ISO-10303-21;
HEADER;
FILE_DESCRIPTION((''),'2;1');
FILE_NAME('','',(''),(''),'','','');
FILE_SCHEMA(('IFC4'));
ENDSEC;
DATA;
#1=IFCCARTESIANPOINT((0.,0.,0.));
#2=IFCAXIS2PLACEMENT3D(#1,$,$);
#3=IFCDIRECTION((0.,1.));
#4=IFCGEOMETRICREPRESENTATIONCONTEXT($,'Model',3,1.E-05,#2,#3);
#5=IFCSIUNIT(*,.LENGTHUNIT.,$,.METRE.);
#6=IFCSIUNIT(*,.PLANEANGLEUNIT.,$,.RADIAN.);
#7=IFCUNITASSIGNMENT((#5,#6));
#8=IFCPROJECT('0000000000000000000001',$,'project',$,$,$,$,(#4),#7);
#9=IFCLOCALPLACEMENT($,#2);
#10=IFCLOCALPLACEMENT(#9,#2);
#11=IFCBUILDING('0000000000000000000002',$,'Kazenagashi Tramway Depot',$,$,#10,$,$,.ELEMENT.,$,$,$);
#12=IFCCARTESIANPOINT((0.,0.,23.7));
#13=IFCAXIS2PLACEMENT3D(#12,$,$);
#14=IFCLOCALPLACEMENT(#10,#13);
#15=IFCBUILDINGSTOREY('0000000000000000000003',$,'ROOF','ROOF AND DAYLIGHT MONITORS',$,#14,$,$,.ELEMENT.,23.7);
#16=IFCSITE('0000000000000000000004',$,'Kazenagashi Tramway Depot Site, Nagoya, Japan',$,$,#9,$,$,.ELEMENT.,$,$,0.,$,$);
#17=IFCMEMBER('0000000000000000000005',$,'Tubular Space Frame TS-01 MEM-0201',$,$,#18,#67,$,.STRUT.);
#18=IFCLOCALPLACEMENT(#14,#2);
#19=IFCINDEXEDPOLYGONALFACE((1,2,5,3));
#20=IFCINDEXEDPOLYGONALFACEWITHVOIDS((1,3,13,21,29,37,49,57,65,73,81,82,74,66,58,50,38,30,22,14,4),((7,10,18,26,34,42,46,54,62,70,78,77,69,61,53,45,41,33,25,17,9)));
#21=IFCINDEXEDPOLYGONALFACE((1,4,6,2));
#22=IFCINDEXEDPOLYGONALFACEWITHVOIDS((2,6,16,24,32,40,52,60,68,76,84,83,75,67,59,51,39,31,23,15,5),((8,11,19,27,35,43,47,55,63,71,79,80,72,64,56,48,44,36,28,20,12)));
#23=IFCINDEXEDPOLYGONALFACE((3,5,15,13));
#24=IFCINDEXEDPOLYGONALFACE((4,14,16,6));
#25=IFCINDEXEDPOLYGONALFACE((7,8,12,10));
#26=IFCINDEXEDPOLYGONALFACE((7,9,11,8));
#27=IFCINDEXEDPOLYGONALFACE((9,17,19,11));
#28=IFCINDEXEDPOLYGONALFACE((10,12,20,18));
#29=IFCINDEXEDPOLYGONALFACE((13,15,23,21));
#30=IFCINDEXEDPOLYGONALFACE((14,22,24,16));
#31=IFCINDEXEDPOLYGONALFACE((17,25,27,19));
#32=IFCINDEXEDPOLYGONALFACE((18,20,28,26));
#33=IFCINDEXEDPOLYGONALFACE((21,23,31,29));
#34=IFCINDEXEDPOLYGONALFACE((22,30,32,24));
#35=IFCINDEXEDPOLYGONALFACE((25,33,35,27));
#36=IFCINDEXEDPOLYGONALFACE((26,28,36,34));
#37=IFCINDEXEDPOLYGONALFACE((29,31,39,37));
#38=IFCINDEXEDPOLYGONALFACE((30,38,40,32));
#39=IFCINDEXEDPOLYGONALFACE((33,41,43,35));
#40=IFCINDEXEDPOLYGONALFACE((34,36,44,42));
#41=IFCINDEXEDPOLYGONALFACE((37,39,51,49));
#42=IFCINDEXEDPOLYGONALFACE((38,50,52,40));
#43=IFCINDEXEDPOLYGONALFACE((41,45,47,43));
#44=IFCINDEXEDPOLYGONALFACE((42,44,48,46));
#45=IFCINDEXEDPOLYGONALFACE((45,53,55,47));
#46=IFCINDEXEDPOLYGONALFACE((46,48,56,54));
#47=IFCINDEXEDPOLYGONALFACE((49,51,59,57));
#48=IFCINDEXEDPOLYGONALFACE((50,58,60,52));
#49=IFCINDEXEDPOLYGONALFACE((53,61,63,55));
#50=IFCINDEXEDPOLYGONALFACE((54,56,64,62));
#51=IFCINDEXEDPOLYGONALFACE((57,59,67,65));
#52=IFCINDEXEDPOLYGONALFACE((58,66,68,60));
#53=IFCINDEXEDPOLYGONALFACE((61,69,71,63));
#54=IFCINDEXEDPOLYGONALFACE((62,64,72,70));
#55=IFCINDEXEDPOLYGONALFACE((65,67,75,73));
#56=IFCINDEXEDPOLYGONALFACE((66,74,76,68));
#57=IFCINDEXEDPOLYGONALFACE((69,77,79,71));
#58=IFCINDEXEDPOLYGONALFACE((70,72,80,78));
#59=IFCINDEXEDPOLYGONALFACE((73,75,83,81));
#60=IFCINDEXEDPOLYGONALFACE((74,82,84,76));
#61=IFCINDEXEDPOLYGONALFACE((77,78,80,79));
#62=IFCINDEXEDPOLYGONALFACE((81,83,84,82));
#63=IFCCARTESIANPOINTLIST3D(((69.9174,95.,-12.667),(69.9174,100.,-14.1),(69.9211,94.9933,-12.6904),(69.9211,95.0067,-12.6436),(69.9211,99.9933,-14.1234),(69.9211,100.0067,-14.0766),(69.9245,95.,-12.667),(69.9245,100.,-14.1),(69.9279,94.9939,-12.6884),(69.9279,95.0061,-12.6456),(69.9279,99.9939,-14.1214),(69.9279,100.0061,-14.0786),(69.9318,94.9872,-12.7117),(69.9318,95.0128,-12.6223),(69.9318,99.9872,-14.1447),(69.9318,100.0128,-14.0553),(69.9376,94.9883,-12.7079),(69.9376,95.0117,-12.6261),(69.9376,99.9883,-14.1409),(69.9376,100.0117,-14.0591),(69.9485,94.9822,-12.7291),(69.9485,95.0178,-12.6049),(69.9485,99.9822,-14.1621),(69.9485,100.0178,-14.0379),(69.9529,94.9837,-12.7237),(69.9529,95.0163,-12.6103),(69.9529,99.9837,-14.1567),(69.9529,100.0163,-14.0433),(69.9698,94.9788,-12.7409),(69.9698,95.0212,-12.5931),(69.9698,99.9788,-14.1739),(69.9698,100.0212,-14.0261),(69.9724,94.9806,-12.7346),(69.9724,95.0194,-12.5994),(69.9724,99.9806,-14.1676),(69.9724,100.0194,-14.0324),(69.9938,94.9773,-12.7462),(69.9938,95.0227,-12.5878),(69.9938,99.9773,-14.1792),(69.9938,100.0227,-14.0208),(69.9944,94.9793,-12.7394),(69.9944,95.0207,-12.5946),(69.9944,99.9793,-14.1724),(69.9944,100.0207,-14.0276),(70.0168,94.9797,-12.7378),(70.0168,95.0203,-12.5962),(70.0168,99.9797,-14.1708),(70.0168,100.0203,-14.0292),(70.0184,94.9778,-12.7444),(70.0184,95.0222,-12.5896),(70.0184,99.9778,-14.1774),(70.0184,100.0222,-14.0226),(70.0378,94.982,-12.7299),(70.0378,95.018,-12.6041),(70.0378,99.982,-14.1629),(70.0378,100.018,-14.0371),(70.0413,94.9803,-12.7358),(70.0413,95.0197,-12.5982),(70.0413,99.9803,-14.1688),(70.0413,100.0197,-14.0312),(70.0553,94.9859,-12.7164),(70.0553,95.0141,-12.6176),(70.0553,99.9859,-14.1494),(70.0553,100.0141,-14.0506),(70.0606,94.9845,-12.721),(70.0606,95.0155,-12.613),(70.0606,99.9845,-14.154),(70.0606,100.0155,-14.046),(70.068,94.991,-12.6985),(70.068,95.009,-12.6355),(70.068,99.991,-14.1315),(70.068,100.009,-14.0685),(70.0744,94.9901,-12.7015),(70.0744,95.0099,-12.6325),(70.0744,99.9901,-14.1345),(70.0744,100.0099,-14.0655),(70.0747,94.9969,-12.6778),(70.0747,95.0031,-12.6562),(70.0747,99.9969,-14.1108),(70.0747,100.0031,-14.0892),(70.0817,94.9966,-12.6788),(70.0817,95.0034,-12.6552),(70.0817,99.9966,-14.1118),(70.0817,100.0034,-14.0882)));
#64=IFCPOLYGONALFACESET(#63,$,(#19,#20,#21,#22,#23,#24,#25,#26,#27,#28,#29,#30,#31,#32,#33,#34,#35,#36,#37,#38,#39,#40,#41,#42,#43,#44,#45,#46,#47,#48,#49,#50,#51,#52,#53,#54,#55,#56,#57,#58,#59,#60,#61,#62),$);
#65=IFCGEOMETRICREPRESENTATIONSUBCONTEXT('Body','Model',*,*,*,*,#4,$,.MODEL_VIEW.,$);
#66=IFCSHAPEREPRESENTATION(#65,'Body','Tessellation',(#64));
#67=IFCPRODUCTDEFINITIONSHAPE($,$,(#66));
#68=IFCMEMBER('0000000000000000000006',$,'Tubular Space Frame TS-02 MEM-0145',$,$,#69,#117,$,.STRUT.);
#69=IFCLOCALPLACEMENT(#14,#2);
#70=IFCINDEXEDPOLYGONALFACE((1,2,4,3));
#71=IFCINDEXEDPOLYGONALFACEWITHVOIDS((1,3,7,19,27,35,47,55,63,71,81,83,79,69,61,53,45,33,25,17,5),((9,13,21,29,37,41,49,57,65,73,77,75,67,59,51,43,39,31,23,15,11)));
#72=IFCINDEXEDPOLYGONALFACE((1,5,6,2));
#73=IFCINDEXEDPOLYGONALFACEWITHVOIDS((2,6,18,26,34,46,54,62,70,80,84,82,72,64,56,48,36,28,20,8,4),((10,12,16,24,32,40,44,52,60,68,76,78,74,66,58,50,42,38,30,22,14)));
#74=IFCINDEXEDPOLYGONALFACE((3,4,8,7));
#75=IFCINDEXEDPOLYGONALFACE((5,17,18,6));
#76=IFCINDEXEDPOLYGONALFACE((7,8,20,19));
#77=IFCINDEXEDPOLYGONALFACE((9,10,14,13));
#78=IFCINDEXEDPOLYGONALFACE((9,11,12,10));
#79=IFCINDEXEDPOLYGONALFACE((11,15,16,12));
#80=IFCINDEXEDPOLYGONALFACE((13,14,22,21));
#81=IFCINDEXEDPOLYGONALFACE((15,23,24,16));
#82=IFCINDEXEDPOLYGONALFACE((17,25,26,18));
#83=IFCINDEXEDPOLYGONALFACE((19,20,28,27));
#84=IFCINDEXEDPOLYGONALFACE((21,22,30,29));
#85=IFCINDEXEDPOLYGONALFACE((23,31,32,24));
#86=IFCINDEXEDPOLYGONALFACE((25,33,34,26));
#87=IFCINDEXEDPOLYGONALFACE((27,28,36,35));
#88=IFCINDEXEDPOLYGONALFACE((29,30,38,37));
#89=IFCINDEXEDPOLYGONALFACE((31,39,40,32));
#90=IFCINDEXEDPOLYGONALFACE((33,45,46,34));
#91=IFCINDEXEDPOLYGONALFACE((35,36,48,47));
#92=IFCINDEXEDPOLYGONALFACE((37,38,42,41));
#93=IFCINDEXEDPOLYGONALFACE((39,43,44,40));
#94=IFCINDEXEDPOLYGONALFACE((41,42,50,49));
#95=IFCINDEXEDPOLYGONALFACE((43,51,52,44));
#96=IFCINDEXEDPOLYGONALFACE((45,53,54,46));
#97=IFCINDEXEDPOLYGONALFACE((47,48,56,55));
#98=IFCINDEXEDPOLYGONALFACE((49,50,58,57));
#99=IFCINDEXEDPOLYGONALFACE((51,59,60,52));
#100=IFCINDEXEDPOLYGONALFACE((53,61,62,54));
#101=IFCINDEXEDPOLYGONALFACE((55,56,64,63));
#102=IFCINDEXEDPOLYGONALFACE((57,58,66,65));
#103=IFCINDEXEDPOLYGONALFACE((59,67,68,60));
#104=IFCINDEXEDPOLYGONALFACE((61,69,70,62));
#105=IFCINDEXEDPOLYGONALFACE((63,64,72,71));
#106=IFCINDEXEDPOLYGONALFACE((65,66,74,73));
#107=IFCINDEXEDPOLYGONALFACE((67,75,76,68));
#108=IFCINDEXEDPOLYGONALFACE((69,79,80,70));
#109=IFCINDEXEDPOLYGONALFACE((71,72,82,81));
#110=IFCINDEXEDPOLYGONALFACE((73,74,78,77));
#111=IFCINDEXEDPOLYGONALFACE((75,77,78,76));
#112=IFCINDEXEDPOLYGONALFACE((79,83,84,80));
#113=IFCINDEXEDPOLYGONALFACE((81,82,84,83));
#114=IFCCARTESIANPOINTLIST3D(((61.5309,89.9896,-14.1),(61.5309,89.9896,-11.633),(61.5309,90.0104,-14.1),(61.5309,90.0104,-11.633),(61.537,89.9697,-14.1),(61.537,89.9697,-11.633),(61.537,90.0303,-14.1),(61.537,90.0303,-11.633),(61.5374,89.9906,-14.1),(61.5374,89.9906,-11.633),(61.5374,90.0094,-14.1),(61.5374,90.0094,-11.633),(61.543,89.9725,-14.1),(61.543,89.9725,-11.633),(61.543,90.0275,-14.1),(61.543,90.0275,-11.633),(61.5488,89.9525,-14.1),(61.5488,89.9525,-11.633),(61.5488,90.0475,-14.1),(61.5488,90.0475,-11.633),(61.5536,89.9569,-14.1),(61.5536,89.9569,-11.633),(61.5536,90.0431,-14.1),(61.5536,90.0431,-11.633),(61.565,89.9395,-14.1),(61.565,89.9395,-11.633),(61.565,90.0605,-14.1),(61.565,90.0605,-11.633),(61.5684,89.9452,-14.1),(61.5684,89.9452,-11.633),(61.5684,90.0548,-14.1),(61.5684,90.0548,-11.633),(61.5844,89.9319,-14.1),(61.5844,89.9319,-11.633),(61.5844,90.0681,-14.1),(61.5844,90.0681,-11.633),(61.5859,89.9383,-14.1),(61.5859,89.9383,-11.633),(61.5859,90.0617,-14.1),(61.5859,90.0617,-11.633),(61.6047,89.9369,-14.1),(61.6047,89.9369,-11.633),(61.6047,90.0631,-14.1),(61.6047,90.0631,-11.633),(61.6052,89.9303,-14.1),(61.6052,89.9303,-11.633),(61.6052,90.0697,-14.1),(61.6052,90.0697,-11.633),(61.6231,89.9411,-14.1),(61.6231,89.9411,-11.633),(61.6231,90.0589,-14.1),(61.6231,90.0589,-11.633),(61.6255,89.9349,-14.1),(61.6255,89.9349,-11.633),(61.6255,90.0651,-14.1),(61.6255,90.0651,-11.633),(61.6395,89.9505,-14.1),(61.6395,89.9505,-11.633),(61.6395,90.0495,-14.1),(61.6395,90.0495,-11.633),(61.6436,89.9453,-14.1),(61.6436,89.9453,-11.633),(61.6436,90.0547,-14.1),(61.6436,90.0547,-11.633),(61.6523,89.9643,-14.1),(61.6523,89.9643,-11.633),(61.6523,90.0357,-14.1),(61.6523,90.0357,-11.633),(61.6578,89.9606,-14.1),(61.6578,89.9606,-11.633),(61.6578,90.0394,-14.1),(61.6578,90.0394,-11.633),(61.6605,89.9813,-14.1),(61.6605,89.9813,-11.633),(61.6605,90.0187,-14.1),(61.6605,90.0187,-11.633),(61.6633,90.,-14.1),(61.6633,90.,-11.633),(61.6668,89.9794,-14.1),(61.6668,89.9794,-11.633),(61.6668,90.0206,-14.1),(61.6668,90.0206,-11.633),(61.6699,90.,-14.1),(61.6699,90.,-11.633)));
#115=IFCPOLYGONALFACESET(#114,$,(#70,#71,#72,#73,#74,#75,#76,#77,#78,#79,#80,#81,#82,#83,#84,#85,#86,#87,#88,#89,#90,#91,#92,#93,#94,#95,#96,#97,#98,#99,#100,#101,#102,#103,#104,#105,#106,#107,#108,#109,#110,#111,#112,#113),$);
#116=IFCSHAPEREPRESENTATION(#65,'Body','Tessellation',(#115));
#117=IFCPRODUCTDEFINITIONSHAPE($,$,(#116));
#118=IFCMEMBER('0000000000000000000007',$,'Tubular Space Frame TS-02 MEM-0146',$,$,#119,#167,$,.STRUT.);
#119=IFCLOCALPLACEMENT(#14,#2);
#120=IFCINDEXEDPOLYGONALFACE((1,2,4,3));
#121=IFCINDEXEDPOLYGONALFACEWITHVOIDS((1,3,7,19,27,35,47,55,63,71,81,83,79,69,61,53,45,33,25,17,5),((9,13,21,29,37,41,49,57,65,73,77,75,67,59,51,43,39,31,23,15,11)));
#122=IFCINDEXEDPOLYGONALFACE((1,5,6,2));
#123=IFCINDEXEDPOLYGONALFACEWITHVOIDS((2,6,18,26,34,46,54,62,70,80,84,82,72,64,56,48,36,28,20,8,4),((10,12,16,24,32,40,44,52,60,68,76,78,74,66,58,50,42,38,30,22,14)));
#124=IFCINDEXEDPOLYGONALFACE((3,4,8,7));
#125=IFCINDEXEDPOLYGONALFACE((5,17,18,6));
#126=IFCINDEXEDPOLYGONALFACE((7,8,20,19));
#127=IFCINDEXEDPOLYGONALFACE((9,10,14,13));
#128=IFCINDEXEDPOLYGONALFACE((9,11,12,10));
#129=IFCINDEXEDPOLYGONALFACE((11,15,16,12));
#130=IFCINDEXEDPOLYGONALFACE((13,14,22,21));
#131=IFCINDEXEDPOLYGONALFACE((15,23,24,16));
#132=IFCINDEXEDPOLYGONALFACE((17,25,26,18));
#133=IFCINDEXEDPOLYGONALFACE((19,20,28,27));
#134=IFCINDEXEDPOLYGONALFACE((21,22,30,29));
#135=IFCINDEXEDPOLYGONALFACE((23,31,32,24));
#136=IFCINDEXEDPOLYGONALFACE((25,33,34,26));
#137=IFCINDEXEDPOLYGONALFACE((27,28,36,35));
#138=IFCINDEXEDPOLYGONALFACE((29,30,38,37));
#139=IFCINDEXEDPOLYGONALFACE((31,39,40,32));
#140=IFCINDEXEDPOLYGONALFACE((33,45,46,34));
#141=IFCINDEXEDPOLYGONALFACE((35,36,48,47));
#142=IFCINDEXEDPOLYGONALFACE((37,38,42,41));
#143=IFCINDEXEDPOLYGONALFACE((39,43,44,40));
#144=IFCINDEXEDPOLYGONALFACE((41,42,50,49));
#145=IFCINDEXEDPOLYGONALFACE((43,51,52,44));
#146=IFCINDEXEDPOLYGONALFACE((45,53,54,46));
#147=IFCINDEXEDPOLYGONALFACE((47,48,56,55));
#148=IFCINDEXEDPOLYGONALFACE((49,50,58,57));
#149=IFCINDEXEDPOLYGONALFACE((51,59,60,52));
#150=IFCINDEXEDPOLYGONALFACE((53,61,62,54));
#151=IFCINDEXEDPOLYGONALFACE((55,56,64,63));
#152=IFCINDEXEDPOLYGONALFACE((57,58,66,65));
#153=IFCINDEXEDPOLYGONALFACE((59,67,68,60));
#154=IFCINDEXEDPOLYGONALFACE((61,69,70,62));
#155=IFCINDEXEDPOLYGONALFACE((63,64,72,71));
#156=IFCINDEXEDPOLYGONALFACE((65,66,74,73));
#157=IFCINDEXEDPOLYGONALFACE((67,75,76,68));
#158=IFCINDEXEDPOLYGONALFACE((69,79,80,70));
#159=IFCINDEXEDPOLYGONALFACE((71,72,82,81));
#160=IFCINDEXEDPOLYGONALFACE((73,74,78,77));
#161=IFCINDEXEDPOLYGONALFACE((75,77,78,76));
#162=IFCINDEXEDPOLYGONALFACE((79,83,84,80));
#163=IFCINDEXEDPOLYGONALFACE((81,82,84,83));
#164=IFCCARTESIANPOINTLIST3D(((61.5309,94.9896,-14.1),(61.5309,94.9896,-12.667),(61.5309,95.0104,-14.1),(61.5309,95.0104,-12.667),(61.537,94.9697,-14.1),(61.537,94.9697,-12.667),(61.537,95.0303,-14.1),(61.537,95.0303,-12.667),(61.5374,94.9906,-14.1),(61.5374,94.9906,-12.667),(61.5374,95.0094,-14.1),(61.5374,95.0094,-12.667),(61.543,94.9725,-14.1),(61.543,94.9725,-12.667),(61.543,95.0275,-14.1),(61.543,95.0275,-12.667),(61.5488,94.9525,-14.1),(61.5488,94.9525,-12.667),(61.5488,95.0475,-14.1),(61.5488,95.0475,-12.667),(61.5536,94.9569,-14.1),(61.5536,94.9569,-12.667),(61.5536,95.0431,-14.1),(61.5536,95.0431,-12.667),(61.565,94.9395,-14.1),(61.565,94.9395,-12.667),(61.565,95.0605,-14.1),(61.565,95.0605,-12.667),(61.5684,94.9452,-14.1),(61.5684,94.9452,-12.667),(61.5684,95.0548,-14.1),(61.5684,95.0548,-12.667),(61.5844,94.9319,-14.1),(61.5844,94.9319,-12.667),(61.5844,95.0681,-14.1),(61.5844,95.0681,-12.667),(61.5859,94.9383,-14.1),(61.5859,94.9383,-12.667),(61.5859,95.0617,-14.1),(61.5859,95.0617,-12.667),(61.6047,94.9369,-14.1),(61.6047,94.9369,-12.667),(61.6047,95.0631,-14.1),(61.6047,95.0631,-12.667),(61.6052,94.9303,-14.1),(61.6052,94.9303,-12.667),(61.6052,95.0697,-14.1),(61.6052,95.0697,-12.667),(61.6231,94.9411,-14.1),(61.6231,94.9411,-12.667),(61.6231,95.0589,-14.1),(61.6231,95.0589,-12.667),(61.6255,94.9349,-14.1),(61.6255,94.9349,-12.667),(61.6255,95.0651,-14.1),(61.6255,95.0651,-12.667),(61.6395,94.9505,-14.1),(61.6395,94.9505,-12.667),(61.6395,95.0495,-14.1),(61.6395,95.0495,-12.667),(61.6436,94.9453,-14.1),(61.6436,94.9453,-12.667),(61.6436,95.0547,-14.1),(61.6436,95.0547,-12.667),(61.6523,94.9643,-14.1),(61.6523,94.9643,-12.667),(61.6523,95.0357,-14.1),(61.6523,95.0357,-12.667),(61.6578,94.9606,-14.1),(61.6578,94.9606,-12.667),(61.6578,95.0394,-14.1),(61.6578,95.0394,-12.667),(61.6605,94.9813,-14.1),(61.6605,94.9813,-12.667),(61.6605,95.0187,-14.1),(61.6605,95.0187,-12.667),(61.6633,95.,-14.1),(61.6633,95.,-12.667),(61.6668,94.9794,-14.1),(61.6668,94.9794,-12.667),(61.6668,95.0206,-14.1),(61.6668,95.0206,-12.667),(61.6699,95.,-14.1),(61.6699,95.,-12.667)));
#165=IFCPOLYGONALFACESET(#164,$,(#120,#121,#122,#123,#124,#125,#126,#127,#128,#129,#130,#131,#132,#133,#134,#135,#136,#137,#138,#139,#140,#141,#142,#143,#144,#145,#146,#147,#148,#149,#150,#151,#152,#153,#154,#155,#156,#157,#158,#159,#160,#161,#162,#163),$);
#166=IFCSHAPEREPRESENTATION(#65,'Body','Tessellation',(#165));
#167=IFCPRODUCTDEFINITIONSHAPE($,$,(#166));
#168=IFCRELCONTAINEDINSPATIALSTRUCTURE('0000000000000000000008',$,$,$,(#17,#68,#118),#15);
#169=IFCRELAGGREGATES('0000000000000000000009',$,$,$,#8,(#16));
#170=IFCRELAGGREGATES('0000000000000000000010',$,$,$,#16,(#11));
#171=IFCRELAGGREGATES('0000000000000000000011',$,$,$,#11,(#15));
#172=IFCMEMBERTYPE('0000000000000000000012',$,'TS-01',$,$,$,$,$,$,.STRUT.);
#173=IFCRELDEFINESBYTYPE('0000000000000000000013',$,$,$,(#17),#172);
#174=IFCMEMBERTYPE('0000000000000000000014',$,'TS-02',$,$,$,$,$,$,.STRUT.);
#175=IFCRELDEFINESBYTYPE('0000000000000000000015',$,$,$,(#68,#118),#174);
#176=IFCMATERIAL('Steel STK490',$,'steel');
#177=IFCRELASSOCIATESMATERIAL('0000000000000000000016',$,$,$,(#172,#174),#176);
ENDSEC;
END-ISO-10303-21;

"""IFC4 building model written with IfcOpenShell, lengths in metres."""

from ifc_helpers import new_model, si_unit, direction, frame, origin, origin_2d, place, context, subcontext, project, spatial, hollow_circle, extrude, material, material_profile, profile_set, type_object, element, save


model = new_model("IFC4")

# Units and contexts
model_context = context("Model", 3, precision=1e-05, world=origin(), true_north=direction((0.0, 1.0)))
body_context = subcontext(model_context, "Body", "Model", "MODEL_VIEW")
ifc_project = project(units=[si_unit("LENGTHUNIT", "METRE"), si_unit("PLANEANGLEUNIT", "RADIAN")], contexts=[model_context])

# Site, building, storey
site_placement = place(None, origin())
site = spatial("IfcSite", under=ifc_project, at=site_placement, Name="Kazenagashi Tramway Depot Site, Nagoya, Japan", CompositionType="ELEMENT", RefElevation=0.0)
building_placement = place(site_placement, origin())
building = spatial("IfcBuilding", under=site, at=building_placement, Name="Kazenagashi Tramway Depot", CompositionType="ELEMENT")
storey_placement = place(building_placement, frame((0.0, 0.0, 23.7)))
storey = spatial("IfcBuildingStorey", under=building, at=storey_placement, Name="ROOF", Description="ROOF AND DAYLIGHT MONITORS", CompositionType="ELEMENT", Elevation=23.7)

# Members
ifc_material_1 = material(Name="Steel STK490", Category="steel")
ifc_material_profile_1 = material_profile(ifc_material_1, hollow_circle(Radius=0.0826, WallThickness=0.0071, at=origin_2d()), Name="CHS-165.2x7.1")
ifc_profile_set_1 = profile_set([ifc_material_profile_1], Name="Steel STK490")
member_type_1 = type_object("IfcMemberType", Name="TS-01", PredefinedType="STRUT", material=ifc_profile_set_1)
member_1_placement = place(storey_placement, frame((70.0, 95.0, -12.667), z_axis=(0.0, 0.961299, -0.275508), x_axis=(-1.0, 0.0, 0.0)))
element("IfcMember", 1, at=member_1_placement, inside=storey, type_object=member_type_1, Name="Tubular Space Frame TS-01 MEM-0201", PredefinedType="STRUT", context=body_context, shape_type="SweptSolid", body=[
    extrude(hollow_circle(Radius=0.0826, WallThickness=0.0071, at=origin_2d()), origin(), (0.0, 0.0, 1.0), 5.2013),
])
ifc_material_profile_2 = material_profile(ifc_material_1, hollow_circle(Radius=0.0699, WallThickness=0.0066, at=origin_2d()), Name="CHS-139.8x6.6")
ifc_profile_set_2 = profile_set([ifc_material_profile_2], Name="Steel STK490")
member_type_2 = type_object("IfcMemberType", Name="TS-02", PredefinedType="STRUT", material=ifc_profile_set_2)
member_2_placement = place(storey_placement, frame((61.6, 90.0, -14.1), z_axis=(0.0, 0.0, 1.0), x_axis=(1.0, 0.0, 0.0)))
element("IfcMember", 2, at=member_2_placement, inside=storey, type_object=member_type_2, Name="Tubular Space Frame TS-02 MEM-0145", PredefinedType="STRUT", context=body_context, shape_type="SweptSolid", body=[
    extrude(hollow_circle(Radius=0.0699, WallThickness=0.0066, at=origin_2d()), origin(), (0.0, 0.0, 1.0), 2.467),
])
member_3_placement = place(storey_placement, frame((61.6, 95.0, -14.1), z_axis=(0.0, 0.0, 1.0), x_axis=(1.0, 0.0, 0.0)))
element("IfcMember", 3, at=member_3_placement, inside=storey, type_object=member_type_2, Name="Tubular Space Frame TS-02 MEM-0146", PredefinedType="STRUT", context=body_context, shape_type="SweptSolid", body=[
    extrude(hollow_circle(Radius=0.0699, WallThickness=0.0066, at=origin_2d()), origin(), (0.0, 0.0, 1.0), 1.433),
])

save(model, "model.ifc")
